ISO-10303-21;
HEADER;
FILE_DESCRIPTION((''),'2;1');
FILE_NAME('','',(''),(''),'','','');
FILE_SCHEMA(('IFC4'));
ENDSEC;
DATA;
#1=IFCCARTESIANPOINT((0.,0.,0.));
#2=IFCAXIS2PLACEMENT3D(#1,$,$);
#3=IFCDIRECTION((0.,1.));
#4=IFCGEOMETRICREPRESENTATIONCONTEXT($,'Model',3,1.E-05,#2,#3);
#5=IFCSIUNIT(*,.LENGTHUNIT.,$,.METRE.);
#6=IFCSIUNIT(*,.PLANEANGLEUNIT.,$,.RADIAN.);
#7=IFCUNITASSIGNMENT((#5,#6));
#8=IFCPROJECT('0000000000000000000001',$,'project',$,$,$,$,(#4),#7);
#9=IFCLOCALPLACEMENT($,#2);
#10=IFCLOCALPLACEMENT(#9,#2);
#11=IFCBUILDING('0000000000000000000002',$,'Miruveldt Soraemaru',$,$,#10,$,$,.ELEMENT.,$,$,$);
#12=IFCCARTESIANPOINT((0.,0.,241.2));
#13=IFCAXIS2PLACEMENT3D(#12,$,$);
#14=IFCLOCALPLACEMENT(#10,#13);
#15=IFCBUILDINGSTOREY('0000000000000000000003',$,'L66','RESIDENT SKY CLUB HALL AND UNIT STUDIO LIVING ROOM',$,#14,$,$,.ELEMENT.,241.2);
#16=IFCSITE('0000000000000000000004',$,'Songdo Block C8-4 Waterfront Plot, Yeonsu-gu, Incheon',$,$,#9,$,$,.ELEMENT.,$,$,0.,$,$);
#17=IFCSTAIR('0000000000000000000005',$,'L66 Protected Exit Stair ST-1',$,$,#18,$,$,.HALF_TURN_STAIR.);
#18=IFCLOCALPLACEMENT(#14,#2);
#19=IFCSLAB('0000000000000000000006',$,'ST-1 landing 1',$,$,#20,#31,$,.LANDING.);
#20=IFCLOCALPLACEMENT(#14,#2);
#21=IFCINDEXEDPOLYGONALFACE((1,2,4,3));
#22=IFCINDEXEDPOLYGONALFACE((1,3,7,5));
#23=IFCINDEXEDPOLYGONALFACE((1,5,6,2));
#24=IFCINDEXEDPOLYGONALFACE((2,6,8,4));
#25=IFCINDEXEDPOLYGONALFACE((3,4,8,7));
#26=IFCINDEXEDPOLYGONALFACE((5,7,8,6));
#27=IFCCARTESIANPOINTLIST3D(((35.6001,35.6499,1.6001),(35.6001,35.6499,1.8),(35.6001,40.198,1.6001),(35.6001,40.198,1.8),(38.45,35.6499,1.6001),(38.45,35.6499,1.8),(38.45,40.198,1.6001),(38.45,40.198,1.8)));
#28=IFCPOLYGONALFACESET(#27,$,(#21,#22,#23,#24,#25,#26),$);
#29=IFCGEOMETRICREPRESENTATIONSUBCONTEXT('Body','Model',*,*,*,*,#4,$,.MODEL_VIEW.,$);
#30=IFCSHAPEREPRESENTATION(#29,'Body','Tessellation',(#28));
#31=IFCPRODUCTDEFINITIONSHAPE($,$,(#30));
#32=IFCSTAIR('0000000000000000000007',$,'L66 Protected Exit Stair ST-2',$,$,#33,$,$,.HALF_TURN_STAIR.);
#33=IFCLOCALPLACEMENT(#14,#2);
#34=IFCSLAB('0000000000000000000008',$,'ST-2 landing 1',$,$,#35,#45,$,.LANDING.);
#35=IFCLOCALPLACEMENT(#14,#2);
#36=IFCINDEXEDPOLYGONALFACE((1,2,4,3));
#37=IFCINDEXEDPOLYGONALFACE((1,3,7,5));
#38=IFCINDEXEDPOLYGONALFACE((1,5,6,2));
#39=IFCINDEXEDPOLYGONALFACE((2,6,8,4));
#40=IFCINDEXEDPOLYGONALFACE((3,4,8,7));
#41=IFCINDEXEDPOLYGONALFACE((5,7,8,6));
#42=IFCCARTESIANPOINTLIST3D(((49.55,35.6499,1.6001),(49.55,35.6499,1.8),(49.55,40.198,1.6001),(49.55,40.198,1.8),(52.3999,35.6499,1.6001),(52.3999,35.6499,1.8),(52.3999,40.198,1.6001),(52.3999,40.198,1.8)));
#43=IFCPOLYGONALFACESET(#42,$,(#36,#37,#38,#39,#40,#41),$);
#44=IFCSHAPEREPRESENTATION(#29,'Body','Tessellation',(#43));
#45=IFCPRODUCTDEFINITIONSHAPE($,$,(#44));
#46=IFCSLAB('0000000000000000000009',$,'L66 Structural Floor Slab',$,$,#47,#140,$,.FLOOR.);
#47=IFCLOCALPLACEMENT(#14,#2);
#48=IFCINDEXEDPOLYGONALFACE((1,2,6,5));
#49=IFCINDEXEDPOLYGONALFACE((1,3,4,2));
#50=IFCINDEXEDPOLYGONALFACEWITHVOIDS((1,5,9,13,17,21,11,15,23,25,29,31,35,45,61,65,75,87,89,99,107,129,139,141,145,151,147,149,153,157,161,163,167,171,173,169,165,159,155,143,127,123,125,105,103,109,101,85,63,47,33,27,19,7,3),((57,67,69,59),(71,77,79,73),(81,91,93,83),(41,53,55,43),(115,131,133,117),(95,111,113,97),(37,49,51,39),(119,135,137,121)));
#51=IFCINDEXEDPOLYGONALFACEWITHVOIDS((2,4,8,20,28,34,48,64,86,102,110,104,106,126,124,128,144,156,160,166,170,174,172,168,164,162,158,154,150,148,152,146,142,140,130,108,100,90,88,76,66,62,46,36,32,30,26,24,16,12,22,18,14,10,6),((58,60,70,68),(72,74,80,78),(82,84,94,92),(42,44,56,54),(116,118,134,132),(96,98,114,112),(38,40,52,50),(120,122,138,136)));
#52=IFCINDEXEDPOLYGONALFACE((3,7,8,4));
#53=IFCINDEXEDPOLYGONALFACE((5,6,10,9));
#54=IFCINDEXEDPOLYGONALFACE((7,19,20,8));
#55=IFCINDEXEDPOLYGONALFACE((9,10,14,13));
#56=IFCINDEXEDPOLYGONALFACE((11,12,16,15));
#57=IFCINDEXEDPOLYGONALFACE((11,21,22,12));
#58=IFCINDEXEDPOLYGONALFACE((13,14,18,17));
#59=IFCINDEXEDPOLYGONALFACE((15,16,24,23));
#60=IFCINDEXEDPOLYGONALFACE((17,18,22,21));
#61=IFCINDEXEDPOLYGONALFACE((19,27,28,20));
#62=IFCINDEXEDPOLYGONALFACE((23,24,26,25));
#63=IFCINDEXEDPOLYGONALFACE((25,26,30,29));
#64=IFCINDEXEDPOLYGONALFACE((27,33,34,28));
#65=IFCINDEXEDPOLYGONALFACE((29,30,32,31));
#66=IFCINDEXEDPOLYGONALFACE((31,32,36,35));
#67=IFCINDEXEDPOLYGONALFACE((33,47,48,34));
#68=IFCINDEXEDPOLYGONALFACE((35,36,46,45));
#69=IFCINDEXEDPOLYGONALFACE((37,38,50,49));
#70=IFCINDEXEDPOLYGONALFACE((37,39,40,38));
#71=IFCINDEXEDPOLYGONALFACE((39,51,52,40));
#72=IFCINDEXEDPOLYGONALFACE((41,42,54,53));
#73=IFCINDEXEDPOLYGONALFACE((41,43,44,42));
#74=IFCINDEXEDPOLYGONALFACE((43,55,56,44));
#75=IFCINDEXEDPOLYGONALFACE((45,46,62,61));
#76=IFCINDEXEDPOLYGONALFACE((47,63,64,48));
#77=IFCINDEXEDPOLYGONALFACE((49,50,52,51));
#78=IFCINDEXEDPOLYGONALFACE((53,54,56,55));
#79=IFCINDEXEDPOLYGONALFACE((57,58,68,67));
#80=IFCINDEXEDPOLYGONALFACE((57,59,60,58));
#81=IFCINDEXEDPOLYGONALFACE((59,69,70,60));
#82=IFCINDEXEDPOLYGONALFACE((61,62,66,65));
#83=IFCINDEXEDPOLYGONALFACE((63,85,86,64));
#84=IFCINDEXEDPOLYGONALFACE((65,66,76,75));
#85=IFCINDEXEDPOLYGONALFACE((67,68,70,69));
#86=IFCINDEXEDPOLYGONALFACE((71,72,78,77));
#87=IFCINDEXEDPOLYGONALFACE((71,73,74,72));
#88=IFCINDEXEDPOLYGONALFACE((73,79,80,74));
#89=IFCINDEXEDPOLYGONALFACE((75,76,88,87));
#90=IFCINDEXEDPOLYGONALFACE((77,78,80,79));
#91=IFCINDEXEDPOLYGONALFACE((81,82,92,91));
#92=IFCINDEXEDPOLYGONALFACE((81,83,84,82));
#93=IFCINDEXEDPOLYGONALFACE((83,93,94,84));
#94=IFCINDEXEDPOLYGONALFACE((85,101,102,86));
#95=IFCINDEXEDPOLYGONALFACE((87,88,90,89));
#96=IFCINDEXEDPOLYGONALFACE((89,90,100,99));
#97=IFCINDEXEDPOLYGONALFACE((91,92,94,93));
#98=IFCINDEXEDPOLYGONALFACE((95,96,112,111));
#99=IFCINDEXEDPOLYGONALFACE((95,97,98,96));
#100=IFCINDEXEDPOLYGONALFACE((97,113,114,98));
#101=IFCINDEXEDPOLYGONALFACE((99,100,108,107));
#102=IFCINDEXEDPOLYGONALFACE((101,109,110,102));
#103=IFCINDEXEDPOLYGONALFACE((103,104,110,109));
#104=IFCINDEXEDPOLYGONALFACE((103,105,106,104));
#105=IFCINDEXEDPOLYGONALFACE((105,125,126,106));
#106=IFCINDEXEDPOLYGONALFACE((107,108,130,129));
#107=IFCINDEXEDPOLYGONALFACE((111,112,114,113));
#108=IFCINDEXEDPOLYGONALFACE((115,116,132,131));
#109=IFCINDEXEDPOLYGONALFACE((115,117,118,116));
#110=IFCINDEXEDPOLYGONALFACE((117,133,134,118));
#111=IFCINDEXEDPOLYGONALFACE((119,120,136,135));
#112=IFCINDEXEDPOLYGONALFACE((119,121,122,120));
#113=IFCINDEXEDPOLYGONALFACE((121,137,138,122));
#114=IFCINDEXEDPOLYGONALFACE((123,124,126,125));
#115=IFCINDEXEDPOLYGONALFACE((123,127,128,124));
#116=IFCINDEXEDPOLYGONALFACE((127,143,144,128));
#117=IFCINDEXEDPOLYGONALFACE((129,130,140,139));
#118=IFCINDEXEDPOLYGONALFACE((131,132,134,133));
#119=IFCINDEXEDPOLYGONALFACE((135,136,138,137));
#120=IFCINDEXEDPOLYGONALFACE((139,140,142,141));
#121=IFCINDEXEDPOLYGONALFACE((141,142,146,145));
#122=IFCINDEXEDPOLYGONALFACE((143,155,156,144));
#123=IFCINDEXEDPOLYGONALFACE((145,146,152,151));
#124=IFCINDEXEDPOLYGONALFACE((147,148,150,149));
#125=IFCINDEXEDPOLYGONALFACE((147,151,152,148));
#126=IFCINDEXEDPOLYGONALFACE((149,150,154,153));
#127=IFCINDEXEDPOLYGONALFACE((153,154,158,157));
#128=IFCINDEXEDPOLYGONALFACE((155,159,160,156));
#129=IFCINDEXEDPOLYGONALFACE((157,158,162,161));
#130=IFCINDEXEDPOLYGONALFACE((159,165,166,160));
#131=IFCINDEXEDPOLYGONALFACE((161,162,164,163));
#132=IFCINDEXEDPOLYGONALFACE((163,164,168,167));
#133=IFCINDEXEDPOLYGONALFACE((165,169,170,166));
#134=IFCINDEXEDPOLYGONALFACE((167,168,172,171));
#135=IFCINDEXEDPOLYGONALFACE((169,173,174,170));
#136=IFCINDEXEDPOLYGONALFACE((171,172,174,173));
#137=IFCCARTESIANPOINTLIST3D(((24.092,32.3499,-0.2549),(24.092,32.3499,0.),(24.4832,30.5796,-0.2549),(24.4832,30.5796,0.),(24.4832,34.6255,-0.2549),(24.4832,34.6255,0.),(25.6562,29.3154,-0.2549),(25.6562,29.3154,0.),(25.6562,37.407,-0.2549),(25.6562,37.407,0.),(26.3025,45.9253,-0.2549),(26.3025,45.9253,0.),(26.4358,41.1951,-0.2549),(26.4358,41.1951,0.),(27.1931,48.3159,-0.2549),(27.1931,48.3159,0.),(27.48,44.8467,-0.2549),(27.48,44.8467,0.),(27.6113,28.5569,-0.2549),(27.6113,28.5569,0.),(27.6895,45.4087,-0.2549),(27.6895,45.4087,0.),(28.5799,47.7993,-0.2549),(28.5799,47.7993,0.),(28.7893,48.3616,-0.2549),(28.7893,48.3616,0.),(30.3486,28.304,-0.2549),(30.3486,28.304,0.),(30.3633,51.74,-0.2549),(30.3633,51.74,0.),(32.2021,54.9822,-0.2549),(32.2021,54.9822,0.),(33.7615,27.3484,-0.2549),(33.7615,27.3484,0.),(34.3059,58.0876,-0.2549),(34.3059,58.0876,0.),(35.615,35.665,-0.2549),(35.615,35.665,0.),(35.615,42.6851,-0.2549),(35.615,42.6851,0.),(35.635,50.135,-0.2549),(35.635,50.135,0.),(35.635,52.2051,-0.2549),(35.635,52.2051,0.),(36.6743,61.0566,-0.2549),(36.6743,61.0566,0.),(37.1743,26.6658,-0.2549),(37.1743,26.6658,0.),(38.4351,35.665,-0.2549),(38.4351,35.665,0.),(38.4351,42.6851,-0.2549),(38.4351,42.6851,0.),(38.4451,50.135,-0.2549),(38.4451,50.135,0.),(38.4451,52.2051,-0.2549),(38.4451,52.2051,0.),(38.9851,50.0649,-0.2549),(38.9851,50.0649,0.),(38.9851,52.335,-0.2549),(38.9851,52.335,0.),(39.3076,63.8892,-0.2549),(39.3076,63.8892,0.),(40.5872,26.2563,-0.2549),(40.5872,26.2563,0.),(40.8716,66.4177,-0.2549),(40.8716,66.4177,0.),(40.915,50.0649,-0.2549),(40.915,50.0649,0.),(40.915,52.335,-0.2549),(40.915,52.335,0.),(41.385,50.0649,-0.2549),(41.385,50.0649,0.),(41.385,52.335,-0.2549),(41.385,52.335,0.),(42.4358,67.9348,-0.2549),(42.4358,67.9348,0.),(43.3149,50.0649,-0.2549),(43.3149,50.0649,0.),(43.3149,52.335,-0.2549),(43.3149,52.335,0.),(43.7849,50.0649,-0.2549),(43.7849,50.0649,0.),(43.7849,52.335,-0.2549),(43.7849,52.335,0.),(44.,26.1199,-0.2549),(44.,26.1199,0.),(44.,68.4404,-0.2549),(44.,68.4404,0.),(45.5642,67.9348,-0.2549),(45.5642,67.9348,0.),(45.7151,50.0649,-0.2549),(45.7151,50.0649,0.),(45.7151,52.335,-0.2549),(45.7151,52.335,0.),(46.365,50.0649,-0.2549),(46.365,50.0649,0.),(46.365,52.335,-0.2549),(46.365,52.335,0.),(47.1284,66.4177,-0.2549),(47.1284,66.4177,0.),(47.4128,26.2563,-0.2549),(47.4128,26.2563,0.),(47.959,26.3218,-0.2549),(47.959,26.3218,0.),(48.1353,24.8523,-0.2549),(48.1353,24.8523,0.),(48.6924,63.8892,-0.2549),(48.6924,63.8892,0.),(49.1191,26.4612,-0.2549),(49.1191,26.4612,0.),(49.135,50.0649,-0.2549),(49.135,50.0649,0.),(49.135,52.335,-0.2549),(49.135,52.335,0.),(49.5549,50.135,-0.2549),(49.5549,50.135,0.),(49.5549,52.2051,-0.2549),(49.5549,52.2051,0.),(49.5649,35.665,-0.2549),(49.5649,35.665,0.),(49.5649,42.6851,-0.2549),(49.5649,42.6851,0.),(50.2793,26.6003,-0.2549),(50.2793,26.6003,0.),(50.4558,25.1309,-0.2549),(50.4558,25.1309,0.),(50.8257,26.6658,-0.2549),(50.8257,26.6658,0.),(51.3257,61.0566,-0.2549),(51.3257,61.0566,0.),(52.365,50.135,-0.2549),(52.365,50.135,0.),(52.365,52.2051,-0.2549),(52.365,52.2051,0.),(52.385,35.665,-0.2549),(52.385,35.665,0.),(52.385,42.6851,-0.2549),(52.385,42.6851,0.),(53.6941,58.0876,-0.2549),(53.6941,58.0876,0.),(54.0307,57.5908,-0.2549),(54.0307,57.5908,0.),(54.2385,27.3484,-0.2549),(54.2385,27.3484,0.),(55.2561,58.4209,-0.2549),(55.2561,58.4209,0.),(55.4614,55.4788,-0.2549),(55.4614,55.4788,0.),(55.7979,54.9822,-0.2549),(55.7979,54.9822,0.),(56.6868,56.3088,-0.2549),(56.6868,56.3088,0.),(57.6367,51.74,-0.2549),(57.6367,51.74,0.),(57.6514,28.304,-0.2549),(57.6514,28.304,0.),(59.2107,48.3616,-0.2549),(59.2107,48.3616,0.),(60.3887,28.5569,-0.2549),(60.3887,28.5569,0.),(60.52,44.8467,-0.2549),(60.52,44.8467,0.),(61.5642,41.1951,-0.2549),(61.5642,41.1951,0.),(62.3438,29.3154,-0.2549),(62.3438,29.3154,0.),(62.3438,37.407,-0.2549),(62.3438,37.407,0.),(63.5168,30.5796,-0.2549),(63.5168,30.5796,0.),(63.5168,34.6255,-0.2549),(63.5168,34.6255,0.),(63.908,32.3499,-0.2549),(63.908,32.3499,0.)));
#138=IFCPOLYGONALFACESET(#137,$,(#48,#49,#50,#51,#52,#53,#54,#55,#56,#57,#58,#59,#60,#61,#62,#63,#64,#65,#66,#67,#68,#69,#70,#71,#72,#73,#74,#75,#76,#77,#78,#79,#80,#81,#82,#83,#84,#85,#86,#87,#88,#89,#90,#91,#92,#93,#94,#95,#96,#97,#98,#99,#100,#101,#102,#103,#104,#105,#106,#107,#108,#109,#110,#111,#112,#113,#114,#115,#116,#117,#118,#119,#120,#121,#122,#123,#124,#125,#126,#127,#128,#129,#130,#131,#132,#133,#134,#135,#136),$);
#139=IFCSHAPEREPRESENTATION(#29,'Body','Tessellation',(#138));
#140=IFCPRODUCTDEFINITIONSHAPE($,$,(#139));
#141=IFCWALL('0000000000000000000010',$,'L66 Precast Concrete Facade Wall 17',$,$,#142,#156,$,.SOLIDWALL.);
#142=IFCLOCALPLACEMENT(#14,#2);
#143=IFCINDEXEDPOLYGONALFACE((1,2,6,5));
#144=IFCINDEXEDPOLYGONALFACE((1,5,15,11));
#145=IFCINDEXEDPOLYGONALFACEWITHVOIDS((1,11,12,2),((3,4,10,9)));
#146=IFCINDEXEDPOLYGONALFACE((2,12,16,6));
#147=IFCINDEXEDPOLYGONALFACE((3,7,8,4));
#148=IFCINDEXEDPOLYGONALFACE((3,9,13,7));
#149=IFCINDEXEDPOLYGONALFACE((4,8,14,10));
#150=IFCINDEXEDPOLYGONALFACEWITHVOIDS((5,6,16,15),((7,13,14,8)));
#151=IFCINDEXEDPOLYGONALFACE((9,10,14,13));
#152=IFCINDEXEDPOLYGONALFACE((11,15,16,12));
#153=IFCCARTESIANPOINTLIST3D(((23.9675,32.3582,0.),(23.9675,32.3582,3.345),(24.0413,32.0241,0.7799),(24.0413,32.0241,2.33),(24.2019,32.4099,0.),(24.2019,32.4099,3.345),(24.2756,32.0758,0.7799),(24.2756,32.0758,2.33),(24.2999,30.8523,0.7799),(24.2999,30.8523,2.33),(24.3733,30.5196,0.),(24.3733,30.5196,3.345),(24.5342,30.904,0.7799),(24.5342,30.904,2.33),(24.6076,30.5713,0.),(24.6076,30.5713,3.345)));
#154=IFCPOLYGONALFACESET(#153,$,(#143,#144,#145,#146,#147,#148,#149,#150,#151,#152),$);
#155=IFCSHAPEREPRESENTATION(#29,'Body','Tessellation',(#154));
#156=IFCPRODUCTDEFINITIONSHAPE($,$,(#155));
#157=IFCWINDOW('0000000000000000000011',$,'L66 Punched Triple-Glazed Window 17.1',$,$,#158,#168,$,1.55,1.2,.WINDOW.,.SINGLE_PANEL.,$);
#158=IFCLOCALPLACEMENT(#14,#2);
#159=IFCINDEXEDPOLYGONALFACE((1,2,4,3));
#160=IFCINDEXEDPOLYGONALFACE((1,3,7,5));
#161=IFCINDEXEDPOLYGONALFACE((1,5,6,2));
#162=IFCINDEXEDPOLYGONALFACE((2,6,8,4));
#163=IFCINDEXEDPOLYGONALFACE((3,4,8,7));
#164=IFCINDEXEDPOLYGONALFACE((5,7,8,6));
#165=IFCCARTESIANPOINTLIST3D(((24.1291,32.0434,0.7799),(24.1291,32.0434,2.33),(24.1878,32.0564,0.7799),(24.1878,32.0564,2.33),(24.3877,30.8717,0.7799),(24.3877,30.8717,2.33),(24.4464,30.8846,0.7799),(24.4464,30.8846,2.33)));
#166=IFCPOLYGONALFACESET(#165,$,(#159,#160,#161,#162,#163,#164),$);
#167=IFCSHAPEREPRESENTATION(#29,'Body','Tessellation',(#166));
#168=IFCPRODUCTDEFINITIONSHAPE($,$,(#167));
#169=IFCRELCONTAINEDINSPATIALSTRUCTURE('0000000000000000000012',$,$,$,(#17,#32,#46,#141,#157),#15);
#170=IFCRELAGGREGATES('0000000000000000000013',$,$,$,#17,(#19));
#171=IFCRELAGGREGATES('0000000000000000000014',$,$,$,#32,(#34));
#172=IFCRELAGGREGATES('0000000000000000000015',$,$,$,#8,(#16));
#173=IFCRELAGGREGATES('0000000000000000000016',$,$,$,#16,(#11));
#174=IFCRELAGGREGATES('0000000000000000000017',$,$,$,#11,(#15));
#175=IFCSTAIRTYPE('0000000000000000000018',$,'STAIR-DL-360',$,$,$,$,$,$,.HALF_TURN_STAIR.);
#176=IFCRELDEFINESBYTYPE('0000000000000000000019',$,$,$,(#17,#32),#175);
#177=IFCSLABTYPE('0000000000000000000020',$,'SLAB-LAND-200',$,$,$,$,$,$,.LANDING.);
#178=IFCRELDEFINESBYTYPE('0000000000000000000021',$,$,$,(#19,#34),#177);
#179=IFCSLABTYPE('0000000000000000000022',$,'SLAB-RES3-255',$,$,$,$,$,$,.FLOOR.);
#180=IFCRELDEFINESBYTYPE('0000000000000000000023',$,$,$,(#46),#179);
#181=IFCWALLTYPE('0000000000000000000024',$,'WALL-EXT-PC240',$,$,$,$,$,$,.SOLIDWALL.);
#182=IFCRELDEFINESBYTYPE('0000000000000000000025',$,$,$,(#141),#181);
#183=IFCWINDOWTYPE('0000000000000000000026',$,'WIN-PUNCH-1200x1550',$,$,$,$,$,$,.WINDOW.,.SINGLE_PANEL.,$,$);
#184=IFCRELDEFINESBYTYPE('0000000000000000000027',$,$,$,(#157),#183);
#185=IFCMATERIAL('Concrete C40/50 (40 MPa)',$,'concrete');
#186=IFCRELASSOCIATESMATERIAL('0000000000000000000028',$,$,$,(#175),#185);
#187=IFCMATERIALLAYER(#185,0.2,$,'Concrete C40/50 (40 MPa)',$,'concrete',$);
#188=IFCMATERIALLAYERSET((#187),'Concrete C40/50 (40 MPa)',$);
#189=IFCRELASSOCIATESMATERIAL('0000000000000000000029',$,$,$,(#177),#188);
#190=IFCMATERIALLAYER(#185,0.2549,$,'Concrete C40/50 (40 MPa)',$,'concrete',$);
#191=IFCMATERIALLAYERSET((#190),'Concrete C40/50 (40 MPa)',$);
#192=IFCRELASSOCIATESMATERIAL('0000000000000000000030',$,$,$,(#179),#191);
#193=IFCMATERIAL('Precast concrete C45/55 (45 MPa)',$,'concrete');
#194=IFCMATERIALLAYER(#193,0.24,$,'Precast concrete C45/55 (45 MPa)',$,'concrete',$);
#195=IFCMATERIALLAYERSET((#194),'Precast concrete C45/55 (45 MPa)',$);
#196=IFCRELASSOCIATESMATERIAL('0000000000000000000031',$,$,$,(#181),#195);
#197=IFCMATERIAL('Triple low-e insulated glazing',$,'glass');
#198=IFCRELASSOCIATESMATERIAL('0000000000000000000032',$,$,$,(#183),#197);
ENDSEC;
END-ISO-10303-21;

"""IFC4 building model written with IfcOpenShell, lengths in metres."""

from ifc_helpers import new_model, si_unit, direction, frame, frame_2d, origin, place, context, subcontext, project, spatial, polyline, rectangle, outline, extrude, material, layer, layer_set, type_object, element, fill, aggregate, save


model = new_model("IFC4")

# Units and contexts
model_context = context("Model", 3, precision=1e-05, world=origin(), true_north=direction((0.0, 1.0)))
body_context = subcontext(model_context, "Body", "Model", "MODEL_VIEW")
ifc_project = project(units=[si_unit("LENGTHUNIT", "METRE"), si_unit("PLANEANGLEUNIT", "RADIAN")], contexts=[model_context])

# Site, building, storey
site_placement = place(None, origin())
site = spatial("IfcSite", under=ifc_project, at=site_placement, Name="Songdo Block C8-4 Waterfront Plot, Yeonsu-gu, Incheon", CompositionType="ELEMENT", RefElevation=0.0)
building_placement = place(site_placement, origin())
building = spatial("IfcBuilding", under=site, at=building_placement, Name="Miruveldt Soraemaru", CompositionType="ELEMENT")
storey_placement = place(building_placement, frame((0.0, 0.0, 241.2)))
storey = spatial("IfcBuildingStorey", under=building, at=storey_placement, Name="L66", Description="RESIDENT SKY CLUB HALL AND UNIT STUDIO LIVING ROOM", CompositionType="ELEMENT", Elevation=241.2)

# Stairs, slabs
ifc_material_1 = material(Name="Concrete C40/50 (40 MPa)", Category="concrete")
stair_type = type_object("IfcStairType", Name="STAIR-DL-360", PredefinedType="HALF_TURN_STAIR", material=ifc_material_1)
stair_1_placement = place(storey_placement, origin())
stair_1 = element("IfcStair", 1, at=stair_1_placement, inside=storey, type_object=stair_type, Name="L66 Protected Exit Stair ST-1", PredefinedType="HALF_TURN_STAIR")
ifc_layer_1 = layer(ifc_material_1, 0.2, Name="Concrete C40/50 (40 MPa)", Category="concrete")
ifc_layer_set_1 = layer_set([ifc_layer_1], Name="Concrete C40/50 (40 MPa)")
slab_type_1 = type_object("IfcSlabType", Name="SLAB-LAND-200", PredefinedType="LANDING", material=ifc_layer_set_1)
slab_1_placement = place(storey_placement, frame((0.0, 0.0, 1.6001)))
slab_1 = element("IfcSlab", 2, at=slab_1_placement, type_object=slab_type_1, Name="ST-1 landing 1", PredefinedType="LANDING", context=body_context, shape_type="SweptSolid", body=[
    extrude(outline(polyline([(35.6001, 40.198), (35.6001, 35.6499), (38.45, 35.6499), (38.45, 40.198), (35.6001, 40.198)])), origin(), (0.0, 0.0, 1.0), 0.2),
])
aggregate(stair_1, [slab_1])
stair_2_placement = place(storey_placement, origin())
stair_2 = element("IfcStair", 3, at=stair_2_placement, inside=storey, type_object=stair_type, Name="L66 Protected Exit Stair ST-2", PredefinedType="HALF_TURN_STAIR")
slab_2_placement = place(storey_placement, frame((0.0, 0.0, 1.6001)))
slab_2 = element("IfcSlab", 4, at=slab_2_placement, type_object=slab_type_1, Name="ST-2 landing 1", PredefinedType="LANDING", context=body_context, shape_type="SweptSolid", body=[
    extrude(outline(polyline([(49.55, 40.198), (49.55, 35.6499), (52.3999, 35.6499), (52.3999, 40.198), (49.55, 40.198)])), origin(), (0.0, 0.0, 1.0), 0.2),
])
aggregate(stair_2, [slab_2])

# Slab
ifc_layer_2 = layer(ifc_material_1, 0.2549, Name="Concrete C40/50 (40 MPa)", Category="concrete")
ifc_layer_set_2 = layer_set([ifc_layer_2], Name="Concrete C40/50 (40 MPa)")
slab_type_2 = type_object("IfcSlabType", Name="SLAB-RES3-255", PredefinedType="FLOOR", material=ifc_layer_set_2)
slab_3_placement = place(storey_placement, frame((0.0, 0.0, -0.2549)))
element("IfcSlab", 5, at=slab_3_placement, inside=storey, type_object=slab_type_2, Name="L66 Structural Floor Slab", PredefinedType="FLOOR", context=body_context, shape_type="SweptSolid", body=[
    extrude(outline(polyline([(48.1353, 24.8523), (47.959, 26.3218), (49.1191, 26.4612), (47.4128, 26.2563), (44.0, 26.1199), (40.5872, 26.2563), (37.1743, 26.6658), (33.7615, 27.3484), (30.3486, 28.304), (27.6113, 28.5569), (25.6562, 29.3154), (24.4832, 30.5796), (24.092, 32.3499), (24.4832, 34.6255), (25.6562, 37.407), (26.4358, 41.1951), (27.48, 44.8467), (27.6895, 45.4087), (26.3025, 45.9253), (27.1931, 48.3159), (28.5798, 47.7993), (28.1348, 46.604), (28.7893, 48.3616), (30.3633, 51.74), (32.2021, 54.9822), (34.3059, 58.0876), (36.6743, 61.0566), (39.3076, 63.8892), (40.8716, 66.4177), (42.4358, 67.9348), (44.0, 68.4404), (45.5642, 67.9348), (47.1284, 66.4177), (48.6924, 63.8892), (51.3257, 61.0566), (53.6941, 58.0876), (54.7461, 56.5349), (54.0308, 57.5908), (55.2561, 58.4209), (56.6868, 56.3088), (55.4614, 55.4788), (55.7979, 54.9822), (57.6367, 51.74), (59.2107, 48.3616), (60.52, 44.8467), (61.5642, 41.1951), (62.3438, 37.407), (63.5168, 34.6255), (63.908, 32.3499), (63.5168, 30.5796), (62.3438, 29.3154), (60.3887, 28.5569), (57.6514, 28.304), (54.2385, 27.3484), (50.8257, 26.6658), (50.2793, 26.6003), (50.4558, 25.1309), (48.1353, 24.8523)]), holes=[polyline([(35.615, 35.665), (38.4351, 35.665), (38.4351, 42.6851), (35.615, 42.6851), (35.615, 35.665)]), polyline([(49.5649, 35.665), (52.385, 35.665), (52.385, 42.6851), (49.5649, 42.6851), (49.5649, 35.665)]), polyline([(38.4451, 50.135), (38.4451, 52.2051), (35.635, 52.2051), (35.635, 50.135), (38.4451, 50.135)]), polyline([(52.365, 50.135), (52.365, 52.2051), (49.5549, 52.2051), (49.5549, 50.135), (52.365, 50.135)]), polyline([(40.915, 50.0649), (40.915, 52.335), (38.9851, 52.335), (38.9851, 50.0649), (40.915, 50.0649)]), polyline([(43.3149, 50.0649), (43.3149, 52.335), (41.385, 52.335), (41.385, 50.0649), (43.3149, 50.0649)]), polyline([(45.7151, 50.0649), (45.7151, 52.335), (43.7849, 52.335), (43.7849, 50.0649), (45.7151, 50.0649)]), polyline([(49.135, 50.0649), (49.135, 52.335), (46.365, 52.335), (46.365, 50.0649), (49.135, 50.0649)])]), origin(), (0.0, 0.0, 1.0), 0.2549),
])

# Wall, opening, window
ifc_material_2 = material(Name="Precast concrete C45/55 (45 MPa)", Category="concrete")
ifc_layer_3 = layer(ifc_material_2, 0.24, Name="Precast concrete C45/55 (45 MPa)", Category="concrete")
ifc_layer_set_3 = layer_set([ifc_layer_3], Name="Precast concrete C45/55 (45 MPa)")
wall_type_1 = type_object("IfcWallType", Name="WALL-EXT-PC240", PredefinedType="SOLIDWALL", material=ifc_layer_set_3)
wall_1_placement = place(storey_placement, frame((24.0847, 32.384, 0.0), z_axis=(0.0, 0.0, 1.0), x_axis=(0.215502, -0.976503, 0.0)))
wall_1 = element("IfcWall", 6, at=wall_1_placement, inside=storey, type_object=wall_type_1, Name="L66 Precast Concrete Facade Wall 17", PredefinedType="SOLIDWALL", context=body_context, shape_type="SweptSolid", body=[
    extrude(rectangle(XDim=1.8828, YDim=0.24, at=frame_2d((0.9414, 0.0))), origin(), (0.0, 0.0, 1.0), 3.345),
])
opening_1_placement = place(wall_1_placement, frame((0.342, 0.0, 0.78)))
opening_1 = element("IfcOpeningElement", 7, at=opening_1_placement, cuts=wall_1, PredefinedType="OPENING", context=body_context, shape_type="SweptSolid", body=[
    extrude(rectangle(XDim=1.2, YDim=1.55, at=frame_2d((0.6001, 0.7749))), frame((0.0, 0.1299, 0.0), z_axis=(0.0, -1.0, 0.0), x_axis=(1.0, 0.0, 0.0)), (0.0, 0.0, 1.0), 0.26),
])
ifc_material_3 = material(Name="Triple low-e insulated glazing", Category="glass")
window_type_1 = type_object("IfcWindowType", Name="WIN-PUNCH-1200x1550", PartitioningType="SINGLE_PANEL", PredefinedType="WINDOW", material=ifc_material_3)
window_1_placement = place(opening_1_placement, origin())
window_1 = element("IfcWindow", 8, at=window_1_placement, inside=storey, type_object=window_type_1, Name="L66 Punched Triple-Glazed Window 17.1", OverallHeight=1.55, OverallWidth=1.2, PartitioningType="SINGLE_PANEL", PredefinedType="WINDOW", context=body_context, shape_type="SweptSolid", body=[
    extrude(rectangle(XDim=1.2, YDim=1.55, at=frame_2d((0.6001, 0.7749))), frame((0.0, 0.03, 0.0), z_axis=(0.0, -1.0, 0.0), x_axis=(1.0, 0.0, 0.0)), (0.0, 0.0, 1.0), 0.0601),
])
fill(opening_1, window_1)

save(model, "model.ifc")
